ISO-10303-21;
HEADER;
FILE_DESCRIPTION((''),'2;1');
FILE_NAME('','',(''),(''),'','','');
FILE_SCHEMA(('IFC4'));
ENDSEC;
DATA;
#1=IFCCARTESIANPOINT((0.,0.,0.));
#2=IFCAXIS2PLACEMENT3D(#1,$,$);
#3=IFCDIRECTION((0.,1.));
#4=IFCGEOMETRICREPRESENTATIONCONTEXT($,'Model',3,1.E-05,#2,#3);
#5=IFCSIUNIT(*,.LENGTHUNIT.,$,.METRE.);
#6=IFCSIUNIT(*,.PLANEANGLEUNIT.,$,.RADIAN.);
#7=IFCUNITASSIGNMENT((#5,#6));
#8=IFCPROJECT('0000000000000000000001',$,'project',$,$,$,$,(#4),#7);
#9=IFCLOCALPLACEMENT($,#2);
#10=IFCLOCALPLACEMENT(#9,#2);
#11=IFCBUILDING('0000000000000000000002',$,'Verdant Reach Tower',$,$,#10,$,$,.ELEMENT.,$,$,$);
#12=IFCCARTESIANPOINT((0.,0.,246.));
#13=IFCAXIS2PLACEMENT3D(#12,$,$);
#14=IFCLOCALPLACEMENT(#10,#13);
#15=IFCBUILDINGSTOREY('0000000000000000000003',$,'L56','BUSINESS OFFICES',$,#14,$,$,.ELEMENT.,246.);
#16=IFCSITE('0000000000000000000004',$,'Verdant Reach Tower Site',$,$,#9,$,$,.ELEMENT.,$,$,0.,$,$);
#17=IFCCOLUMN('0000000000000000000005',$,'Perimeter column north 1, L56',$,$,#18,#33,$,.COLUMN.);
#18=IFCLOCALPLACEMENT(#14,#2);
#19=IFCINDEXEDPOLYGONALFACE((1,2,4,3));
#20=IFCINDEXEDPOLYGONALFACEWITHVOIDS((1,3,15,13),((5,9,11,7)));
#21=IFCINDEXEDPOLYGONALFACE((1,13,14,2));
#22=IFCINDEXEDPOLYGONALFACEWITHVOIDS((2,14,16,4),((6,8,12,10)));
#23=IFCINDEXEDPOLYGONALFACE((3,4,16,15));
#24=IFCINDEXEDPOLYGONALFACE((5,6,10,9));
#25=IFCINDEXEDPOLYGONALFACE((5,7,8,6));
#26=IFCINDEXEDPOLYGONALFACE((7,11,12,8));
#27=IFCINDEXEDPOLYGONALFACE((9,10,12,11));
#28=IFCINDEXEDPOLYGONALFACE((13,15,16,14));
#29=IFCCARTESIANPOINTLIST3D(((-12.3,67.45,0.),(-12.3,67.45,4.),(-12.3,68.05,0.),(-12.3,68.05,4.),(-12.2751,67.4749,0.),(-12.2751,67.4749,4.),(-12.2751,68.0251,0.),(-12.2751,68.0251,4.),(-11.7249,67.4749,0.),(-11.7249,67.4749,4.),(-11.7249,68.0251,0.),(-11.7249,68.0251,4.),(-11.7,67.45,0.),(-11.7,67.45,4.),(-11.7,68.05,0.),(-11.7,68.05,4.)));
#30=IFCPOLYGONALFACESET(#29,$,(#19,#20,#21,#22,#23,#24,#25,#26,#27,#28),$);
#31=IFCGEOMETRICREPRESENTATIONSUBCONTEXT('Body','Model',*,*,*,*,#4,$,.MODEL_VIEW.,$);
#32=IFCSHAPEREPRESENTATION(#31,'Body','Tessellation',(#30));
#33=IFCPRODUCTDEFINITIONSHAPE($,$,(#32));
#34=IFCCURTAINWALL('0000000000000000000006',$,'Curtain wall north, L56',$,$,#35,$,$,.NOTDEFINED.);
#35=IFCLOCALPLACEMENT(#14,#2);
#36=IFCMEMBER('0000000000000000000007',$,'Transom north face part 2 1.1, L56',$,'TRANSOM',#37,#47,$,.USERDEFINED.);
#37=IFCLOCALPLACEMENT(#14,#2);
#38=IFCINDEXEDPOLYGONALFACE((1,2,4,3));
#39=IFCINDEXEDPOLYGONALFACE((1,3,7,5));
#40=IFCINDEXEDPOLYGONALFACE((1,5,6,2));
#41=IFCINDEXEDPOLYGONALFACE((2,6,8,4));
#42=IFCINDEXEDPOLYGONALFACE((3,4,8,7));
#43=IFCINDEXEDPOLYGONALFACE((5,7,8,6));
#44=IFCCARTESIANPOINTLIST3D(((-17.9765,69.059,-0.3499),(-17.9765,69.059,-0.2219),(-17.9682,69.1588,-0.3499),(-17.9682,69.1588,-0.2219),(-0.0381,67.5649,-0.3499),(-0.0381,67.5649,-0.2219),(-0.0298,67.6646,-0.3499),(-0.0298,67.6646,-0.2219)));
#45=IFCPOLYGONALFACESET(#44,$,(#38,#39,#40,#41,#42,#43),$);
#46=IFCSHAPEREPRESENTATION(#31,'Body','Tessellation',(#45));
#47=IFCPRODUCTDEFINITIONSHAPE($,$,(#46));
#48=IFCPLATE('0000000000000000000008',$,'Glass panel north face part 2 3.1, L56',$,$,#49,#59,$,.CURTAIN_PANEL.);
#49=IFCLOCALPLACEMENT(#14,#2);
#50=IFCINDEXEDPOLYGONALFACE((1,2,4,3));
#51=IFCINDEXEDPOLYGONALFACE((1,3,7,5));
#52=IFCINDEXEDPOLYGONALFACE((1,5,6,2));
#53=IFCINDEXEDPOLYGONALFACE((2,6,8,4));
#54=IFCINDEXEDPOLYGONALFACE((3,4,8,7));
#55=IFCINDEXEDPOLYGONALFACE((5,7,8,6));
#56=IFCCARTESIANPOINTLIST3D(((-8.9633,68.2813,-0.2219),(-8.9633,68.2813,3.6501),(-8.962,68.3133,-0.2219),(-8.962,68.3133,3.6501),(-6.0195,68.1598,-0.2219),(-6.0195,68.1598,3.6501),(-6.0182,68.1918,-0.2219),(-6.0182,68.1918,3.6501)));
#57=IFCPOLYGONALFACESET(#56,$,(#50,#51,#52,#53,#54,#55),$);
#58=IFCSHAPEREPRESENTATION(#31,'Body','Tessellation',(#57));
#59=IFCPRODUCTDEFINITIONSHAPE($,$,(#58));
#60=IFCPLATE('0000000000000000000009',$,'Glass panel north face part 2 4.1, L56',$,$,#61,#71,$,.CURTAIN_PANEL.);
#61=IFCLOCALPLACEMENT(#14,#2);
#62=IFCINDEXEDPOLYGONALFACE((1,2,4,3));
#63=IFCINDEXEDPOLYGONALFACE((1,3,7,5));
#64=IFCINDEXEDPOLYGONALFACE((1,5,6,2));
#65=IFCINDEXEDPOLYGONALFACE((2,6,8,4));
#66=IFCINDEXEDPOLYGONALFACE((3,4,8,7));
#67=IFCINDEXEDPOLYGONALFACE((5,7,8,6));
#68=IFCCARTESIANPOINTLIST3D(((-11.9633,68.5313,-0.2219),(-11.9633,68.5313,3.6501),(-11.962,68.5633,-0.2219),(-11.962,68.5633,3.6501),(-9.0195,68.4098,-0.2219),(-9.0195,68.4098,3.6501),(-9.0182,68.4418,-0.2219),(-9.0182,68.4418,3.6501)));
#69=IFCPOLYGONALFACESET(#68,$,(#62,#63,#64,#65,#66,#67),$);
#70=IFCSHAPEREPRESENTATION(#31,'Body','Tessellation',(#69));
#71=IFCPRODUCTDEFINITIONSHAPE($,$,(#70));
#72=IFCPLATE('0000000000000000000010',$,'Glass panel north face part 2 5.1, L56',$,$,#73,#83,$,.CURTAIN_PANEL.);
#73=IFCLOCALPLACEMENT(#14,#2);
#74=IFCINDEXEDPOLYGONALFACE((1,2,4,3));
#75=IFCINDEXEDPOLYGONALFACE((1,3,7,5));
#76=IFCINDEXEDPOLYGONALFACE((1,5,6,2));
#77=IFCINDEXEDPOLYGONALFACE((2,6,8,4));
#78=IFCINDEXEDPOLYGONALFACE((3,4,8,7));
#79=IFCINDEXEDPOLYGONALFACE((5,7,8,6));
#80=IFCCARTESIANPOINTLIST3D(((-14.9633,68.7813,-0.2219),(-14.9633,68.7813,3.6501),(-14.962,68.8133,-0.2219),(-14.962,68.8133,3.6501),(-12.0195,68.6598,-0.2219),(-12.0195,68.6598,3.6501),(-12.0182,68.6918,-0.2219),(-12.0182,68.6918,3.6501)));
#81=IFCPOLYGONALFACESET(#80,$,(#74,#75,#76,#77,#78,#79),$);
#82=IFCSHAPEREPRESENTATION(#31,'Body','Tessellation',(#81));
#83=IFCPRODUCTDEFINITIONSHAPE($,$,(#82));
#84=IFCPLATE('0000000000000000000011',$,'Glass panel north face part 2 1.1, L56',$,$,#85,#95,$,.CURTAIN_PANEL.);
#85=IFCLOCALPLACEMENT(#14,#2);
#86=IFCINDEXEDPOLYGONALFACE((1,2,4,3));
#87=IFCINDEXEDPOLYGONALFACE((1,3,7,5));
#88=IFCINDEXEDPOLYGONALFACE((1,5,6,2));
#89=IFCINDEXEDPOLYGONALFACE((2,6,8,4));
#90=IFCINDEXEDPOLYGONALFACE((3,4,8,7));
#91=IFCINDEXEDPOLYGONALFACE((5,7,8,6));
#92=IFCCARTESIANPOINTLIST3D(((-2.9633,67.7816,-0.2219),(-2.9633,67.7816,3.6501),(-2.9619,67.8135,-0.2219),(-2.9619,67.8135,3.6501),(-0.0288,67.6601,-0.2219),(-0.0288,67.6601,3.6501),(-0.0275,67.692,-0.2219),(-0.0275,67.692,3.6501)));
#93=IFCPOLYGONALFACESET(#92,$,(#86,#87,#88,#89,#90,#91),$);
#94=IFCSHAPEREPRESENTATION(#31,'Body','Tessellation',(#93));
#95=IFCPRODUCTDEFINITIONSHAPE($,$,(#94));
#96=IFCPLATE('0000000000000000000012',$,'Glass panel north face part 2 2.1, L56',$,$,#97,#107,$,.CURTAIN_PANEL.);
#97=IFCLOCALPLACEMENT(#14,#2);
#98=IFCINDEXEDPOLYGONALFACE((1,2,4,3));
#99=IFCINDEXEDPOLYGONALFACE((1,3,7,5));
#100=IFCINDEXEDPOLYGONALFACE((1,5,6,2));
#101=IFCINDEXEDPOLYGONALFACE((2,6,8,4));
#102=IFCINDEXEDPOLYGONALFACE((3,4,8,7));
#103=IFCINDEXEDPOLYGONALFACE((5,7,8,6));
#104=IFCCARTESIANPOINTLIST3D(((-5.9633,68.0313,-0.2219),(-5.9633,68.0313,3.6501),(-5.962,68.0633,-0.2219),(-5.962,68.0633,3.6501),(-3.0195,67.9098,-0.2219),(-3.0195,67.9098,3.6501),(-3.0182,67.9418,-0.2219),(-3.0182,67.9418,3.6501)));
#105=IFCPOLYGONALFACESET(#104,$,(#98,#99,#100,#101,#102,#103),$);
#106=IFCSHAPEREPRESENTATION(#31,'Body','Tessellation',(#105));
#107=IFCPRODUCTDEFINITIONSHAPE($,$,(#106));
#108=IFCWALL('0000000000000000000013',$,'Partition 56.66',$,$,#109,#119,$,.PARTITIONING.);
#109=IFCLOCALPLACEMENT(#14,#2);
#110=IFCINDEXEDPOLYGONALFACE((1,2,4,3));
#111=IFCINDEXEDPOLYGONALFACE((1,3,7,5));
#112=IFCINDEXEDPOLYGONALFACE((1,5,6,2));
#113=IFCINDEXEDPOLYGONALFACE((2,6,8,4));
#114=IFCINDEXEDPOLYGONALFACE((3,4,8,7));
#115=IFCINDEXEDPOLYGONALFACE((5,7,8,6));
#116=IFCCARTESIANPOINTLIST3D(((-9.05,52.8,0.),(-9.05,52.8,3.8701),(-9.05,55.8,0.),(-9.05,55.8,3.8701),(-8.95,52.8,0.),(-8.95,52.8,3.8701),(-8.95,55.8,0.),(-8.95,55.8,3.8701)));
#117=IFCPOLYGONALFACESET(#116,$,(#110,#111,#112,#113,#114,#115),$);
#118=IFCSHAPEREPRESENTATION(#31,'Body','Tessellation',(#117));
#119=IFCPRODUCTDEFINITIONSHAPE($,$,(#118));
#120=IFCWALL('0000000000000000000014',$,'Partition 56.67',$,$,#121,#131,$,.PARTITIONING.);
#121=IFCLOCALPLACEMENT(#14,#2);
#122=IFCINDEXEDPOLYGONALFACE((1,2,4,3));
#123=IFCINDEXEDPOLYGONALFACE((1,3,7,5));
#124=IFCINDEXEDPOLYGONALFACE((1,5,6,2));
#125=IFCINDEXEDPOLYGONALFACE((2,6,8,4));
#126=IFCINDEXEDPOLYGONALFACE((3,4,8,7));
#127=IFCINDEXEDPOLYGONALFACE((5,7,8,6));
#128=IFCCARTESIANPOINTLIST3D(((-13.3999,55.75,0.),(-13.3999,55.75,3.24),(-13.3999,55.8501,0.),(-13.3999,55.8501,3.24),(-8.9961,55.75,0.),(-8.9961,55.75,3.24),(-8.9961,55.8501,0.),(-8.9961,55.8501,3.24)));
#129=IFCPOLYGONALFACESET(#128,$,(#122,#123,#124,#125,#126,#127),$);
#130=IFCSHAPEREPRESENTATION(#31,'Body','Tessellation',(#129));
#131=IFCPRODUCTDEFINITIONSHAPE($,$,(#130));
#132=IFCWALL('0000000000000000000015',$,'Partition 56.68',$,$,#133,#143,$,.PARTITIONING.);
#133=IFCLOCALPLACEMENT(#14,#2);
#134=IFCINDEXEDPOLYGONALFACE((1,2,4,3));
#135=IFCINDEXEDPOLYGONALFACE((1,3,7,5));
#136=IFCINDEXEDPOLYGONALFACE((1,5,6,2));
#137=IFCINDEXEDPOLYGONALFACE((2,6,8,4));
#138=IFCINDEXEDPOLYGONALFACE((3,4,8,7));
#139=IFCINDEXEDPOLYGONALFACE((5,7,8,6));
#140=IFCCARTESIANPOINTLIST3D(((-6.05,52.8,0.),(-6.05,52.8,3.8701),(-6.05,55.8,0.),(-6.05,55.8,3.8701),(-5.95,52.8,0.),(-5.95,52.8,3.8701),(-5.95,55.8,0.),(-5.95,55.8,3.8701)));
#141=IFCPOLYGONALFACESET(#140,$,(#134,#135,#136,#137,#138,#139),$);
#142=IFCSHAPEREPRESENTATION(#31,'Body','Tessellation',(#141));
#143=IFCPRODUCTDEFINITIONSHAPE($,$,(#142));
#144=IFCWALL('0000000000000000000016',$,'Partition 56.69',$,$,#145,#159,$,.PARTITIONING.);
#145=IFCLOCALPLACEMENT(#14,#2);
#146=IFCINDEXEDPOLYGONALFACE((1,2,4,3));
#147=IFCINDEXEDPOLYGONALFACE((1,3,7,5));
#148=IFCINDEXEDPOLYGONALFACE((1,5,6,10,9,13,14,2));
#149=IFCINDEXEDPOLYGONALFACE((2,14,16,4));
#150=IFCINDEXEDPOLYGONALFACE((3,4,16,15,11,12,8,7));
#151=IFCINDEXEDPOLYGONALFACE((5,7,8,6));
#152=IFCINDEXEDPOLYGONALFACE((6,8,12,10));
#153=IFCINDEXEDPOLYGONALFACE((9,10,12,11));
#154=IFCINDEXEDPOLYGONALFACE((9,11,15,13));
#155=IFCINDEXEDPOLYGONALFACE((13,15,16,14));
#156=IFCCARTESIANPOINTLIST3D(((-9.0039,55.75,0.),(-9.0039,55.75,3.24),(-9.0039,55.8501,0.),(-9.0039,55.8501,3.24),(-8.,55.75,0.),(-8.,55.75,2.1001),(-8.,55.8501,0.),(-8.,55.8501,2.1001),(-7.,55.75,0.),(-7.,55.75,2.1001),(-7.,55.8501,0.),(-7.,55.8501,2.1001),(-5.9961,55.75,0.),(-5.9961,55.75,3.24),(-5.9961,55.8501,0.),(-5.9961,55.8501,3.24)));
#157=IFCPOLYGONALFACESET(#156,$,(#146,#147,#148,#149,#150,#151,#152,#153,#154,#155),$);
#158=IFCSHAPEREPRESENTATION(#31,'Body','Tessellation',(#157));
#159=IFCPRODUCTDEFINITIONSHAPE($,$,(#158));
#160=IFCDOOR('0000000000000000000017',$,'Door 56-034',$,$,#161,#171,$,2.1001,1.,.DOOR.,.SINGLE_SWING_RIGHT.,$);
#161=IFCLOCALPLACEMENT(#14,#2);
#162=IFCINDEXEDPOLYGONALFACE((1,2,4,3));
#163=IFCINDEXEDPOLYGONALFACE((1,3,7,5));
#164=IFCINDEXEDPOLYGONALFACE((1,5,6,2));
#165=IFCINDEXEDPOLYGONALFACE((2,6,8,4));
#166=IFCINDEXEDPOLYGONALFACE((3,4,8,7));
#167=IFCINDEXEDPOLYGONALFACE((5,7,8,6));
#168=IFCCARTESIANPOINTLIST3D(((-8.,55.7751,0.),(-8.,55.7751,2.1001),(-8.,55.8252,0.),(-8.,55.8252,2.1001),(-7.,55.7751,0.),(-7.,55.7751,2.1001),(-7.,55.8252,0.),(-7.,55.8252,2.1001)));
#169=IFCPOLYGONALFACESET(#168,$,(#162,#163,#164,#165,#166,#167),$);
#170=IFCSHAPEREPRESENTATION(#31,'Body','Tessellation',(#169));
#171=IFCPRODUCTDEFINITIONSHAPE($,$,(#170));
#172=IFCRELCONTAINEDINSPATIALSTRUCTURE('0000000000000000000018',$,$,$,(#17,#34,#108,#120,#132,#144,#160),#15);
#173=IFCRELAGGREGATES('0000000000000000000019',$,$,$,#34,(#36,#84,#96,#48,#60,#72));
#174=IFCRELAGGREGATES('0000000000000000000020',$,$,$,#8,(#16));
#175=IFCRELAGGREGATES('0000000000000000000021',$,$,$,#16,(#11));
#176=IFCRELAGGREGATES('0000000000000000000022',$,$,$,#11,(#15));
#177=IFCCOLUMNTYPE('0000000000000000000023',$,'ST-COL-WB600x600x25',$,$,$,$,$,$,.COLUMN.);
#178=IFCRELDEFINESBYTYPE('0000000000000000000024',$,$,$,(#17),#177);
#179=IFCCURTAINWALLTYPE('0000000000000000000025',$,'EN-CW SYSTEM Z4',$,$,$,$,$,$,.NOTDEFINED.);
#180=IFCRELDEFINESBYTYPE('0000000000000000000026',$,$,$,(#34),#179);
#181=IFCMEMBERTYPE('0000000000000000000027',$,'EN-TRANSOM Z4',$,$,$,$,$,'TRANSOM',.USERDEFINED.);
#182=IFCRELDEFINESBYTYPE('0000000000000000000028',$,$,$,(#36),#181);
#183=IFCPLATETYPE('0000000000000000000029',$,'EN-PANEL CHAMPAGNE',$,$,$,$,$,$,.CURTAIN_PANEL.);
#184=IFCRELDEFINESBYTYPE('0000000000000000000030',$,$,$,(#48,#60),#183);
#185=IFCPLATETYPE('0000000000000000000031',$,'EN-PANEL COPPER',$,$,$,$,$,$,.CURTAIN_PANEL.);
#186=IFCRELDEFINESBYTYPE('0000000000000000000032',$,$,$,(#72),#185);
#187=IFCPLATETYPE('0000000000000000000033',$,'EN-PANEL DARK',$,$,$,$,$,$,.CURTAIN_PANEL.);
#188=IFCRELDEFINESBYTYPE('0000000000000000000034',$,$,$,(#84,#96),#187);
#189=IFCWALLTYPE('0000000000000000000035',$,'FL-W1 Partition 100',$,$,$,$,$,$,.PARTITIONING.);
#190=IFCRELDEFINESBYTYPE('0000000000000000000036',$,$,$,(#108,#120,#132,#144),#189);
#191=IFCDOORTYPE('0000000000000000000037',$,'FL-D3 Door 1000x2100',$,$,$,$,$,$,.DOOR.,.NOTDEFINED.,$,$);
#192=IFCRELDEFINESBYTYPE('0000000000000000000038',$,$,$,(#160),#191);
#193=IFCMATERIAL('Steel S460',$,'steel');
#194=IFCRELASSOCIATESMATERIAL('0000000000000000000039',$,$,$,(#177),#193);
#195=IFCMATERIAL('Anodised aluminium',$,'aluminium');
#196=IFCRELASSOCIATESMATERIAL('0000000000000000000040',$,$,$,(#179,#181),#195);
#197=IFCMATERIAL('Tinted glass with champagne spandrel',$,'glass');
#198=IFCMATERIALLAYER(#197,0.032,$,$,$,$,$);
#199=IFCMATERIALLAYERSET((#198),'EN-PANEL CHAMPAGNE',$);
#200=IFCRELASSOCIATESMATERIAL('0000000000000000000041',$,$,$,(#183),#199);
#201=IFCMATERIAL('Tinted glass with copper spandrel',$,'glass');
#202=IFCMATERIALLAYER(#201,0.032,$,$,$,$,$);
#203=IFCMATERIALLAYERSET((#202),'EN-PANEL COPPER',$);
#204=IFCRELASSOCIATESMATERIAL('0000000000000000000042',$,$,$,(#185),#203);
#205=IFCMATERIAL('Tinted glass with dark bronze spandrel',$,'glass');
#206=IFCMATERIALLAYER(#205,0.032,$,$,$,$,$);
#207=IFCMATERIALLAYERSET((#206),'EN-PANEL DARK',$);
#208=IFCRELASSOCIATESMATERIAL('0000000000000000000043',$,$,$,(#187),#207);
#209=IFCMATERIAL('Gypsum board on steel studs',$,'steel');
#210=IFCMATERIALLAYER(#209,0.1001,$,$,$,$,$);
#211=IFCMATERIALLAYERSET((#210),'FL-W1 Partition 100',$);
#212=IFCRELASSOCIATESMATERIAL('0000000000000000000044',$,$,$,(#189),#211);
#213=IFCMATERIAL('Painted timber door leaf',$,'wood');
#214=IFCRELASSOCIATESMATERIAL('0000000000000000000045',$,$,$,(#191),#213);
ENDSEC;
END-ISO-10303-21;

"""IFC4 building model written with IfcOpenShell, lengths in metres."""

from ifc_helpers import new_model, si_unit, direction, frame, frame_2d, origin, origin_2d, place, context, subcontext, project, spatial, rectangle, hollow_rectangle, extrude, material, layer, layer_set, material_profile, profile_set, type_object, element, fill, aggregate, save


model = new_model("IFC4")

# Units and contexts
model_context = context("Model", 3, precision=1e-05, world=origin(), true_north=direction((0.0, 1.0)))
body_context = subcontext(model_context, "Body", "Model", "MODEL_VIEW")
ifc_project = project(units=[si_unit("LENGTHUNIT", "METRE"), si_unit("PLANEANGLEUNIT", "RADIAN")], contexts=[model_context])

# Site, building, storey
site_placement = place(None, origin())
site = spatial("IfcSite", under=ifc_project, at=site_placement, Name="Verdant Reach Tower Site", CompositionType="ELEMENT", RefElevation=0.0)
building_placement = place(site_placement, origin())
building = spatial("IfcBuilding", under=site, at=building_placement, Name="Verdant Reach Tower", CompositionType="ELEMENT")
storey_placement = place(building_placement, frame((0.0, 0.0, 246.0)))
storey = spatial("IfcBuildingStorey", under=building, at=storey_placement, Name="L56", Description="BUSINESS OFFICES", CompositionType="ELEMENT", Elevation=246.0)

# Column
ifc_material_1 = material(Name="Steel S460", Category="steel")
ifc_material_profile_1 = material_profile(ifc_material_1, hollow_rectangle(XDim=0.6001, YDim=0.6001, WallThickness=0.0249, at=origin_2d()), Name="WB 600x600x25")
ifc_profile_set_1 = profile_set([ifc_material_profile_1], Name="Steel S460")
column_type = type_object("IfcColumnType", Name="ST-COL-WB600x600x25", PredefinedType="COLUMN", material=ifc_profile_set_1)
column_placement = place(storey_placement, frame((-12.0, 67.75, 0.0), z_axis=(0.0, 0.0, 1.0), x_axis=(1.0, 0.0, 0.0)))
element("IfcColumn", 1, at=column_placement, inside=storey, type_object=column_type, Name="Perimeter column north 1, L56", PredefinedType="COLUMN", context=body_context, shape_type="SweptSolid", body=[
    extrude(hollow_rectangle(XDim=0.6001, YDim=0.6001, WallThickness=0.0249, at=origin_2d()), origin(), (0.0, 0.0, 1.0), 4.0),
])

# Curtain wall, member, plates
ifc_material_2 = material(Name="Anodised aluminium", Category="aluminium")
curtain_wall_type = type_object("IfcCurtainWallType", Name="EN-CW SYSTEM Z4", PredefinedType="NOTDEFINED", material=ifc_material_2)
curtain_wall_placement = place(storey_placement, origin())
curtain_wall = element("IfcCurtainWall", 2, at=curtain_wall_placement, inside=storey, type_object=curtain_wall_type, Name="Curtain wall north, L56", PredefinedType="NOTDEFINED")
ifc_material_profile_2 = material_profile(ifc_material_2, rectangle(XDim=0.1001, YDim=0.1279, at=origin_2d()), Name="Transom 128x100")
ifc_profile_set_2 = profile_set([ifc_material_profile_2], Name="Anodised aluminium")
member_type = type_object("IfcMemberType", Name="EN-TRANSOM Z4", ElementType="TRANSOM", PredefinedType="USERDEFINED", material=ifc_profile_set_2)
member_placement = place(storey_placement, frame((-0.0339, 67.6147, -0.2859), z_axis=(-0.996549, 0.083005, 0.0), x_axis=(-0.083005, -0.996549, 0.0)))
member = element("IfcMember", 3, at=member_placement, type_object=member_type, Name="Transom north face part 2 1.1, L56", ObjectType="TRANSOM", PredefinedType="USERDEFINED", context=body_context, shape_type="SweptSolid", body=[
    extrude(rectangle(XDim=0.1001, YDim=0.1279, at=origin_2d()), origin(), (0.0, 0.0, 1.0), 18.0005),
])
ifc_material_3 = material(Name="Tinted glass with champagne spandrel", Category="glass")
ifc_layer_1 = layer(ifc_material_3, 0.032)
ifc_layer_set_1 = layer_set([ifc_layer_1], Name="EN-PANEL CHAMPAGNE")
plate_type_1 = type_object("IfcPlateType", Name="EN-PANEL CHAMPAGNE", PredefinedType="CURTAIN_PANEL", material=ifc_layer_set_1)
plate_1_placement = place(storey_placement, frame((-7.4907, 68.2366, -0.2219), z_axis=(0.0, 0.0, 1.0), x_axis=(-0.999149, 0.041242, 0.0)))
plate_1 = element("IfcPlate", 4, at=plate_1_placement, type_object=plate_type_1, Name="Glass panel north face part 2 3.1, L56", PredefinedType="CURTAIN_PANEL", context=body_context, shape_type="SweptSolid", body=[
    extrude(rectangle(XDim=2.9463, YDim=0.032, at=origin_2d()), origin(), (0.0, 0.0, 1.0), 3.8721),
])
plate_2_placement = place(storey_placement, frame((-10.4907, 68.4866, -0.2219), z_axis=(0.0, 0.0, 1.0), x_axis=(-0.999149, 0.041242, 0.0)))
plate_2 = element("IfcPlate", 5, at=plate_2_placement, type_object=plate_type_1, Name="Glass panel north face part 2 4.1, L56", PredefinedType="CURTAIN_PANEL", context=body_context, shape_type="SweptSolid", body=[
    extrude(rectangle(XDim=2.9463, YDim=0.032, at=origin_2d()), origin(), (0.0, 0.0, 1.0), 3.8721),
])
ifc_material_4 = material(Name="Tinted glass with copper spandrel", Category="glass")
ifc_layer_2 = layer(ifc_material_4, 0.032)
ifc_layer_set_2 = layer_set([ifc_layer_2], Name="EN-PANEL COPPER")
plate_type_2 = type_object("IfcPlateType", Name="EN-PANEL COPPER", PredefinedType="CURTAIN_PANEL", material=ifc_layer_set_2)
plate_3_placement = place(storey_placement, frame((-13.4907, 68.7366, -0.2219), z_axis=(0.0, 0.0, 1.0), x_axis=(-0.999149, 0.041242, 0.0)))
plate_3 = element("IfcPlate", 6, at=plate_3_placement, type_object=plate_type_2, Name="Glass panel north face part 2 5.1, L56", PredefinedType="CURTAIN_PANEL", context=body_context, shape_type="SweptSolid", body=[
    extrude(rectangle(XDim=2.9463, YDim=0.032, at=origin_2d()), origin(), (0.0, 0.0, 1.0), 3.8721),
])
ifc_material_5 = material(Name="Tinted glass with dark bronze spandrel", Category="glass")
ifc_layer_3 = layer(ifc_material_5, 0.032)
ifc_layer_set_3 = layer_set([ifc_layer_3], Name="EN-PANEL DARK")
plate_type_3 = type_object("IfcPlateType", Name="EN-PANEL DARK", PredefinedType="CURTAIN_PANEL", material=ifc_layer_set_3)
plate_4_placement = place(storey_placement, frame((-1.4954, 67.7368, -0.2219), z_axis=(0.0, 0.0, 1.0), x_axis=(-0.999144, 0.04137, 0.0)))
plate_4 = element("IfcPlate", 7, at=plate_4_placement, type_object=plate_type_3, Name="Glass panel north face part 2 1.1, L56", PredefinedType="CURTAIN_PANEL", context=body_context, shape_type="SweptSolid", body=[
    extrude(rectangle(XDim=2.937, YDim=0.032, at=origin_2d()), origin(), (0.0, 0.0, 1.0), 3.8721),
])
plate_5_placement = place(storey_placement, frame((-4.4907, 67.9866, -0.2219), z_axis=(0.0, 0.0, 1.0), x_axis=(-0.999149, 0.041242, 0.0)))
plate_5 = element("IfcPlate", 8, at=plate_5_placement, type_object=plate_type_3, Name="Glass panel north face part 2 2.1, L56", PredefinedType="CURTAIN_PANEL", context=body_context, shape_type="SweptSolid", body=[
    extrude(rectangle(XDim=2.9463, YDim=0.032, at=origin_2d()), origin(), (0.0, 0.0, 1.0), 3.8721),
])
aggregate(curtain_wall, [member, plate_4, plate_5, plate_1, plate_2, plate_3])

# Walls
ifc_material_6 = material(Name="Gypsum board on steel studs", Category="steel")
ifc_layer_4 = layer(ifc_material_6, 0.1001)
ifc_layer_set_4 = layer_set([ifc_layer_4], Name="FL-W1 Partition 100")
wall_type_1 = type_object("IfcWallType", Name="FL-W1 Partition 100", PredefinedType="PARTITIONING", material=ifc_layer_set_4)
wall_1_placement = place(storey_placement, frame((-9.0, 52.8, 0.0), z_axis=(0.0, 0.0, 1.0), x_axis=(0.0, 1.0, 0.0)))
element("IfcWall", 9, at=wall_1_placement, inside=storey, type_object=wall_type_1, Name="Partition 56.66", PredefinedType="PARTITIONING", context=body_context, shape_type="SweptSolid", body=[
    extrude(rectangle(XDim=3.0, YDim=0.1001, at=frame_2d((1.5, 0.0))), origin(), (0.0, 0.0, 1.0), 3.8701),
])
wall_2_placement = place(storey_placement, frame((-8.9961, 55.8, 0.0), z_axis=(0.0, 0.0, 1.0), x_axis=(-1.0, 0.0, 0.0)))
element("IfcWall", 10, at=wall_2_placement, inside=storey, type_object=wall_type_1, Name="Partition 56.67", PredefinedType="PARTITIONING", context=body_context, shape_type="SweptSolid", body=[
    extrude(rectangle(XDim=4.4038, YDim=0.1001, at=frame_2d((2.2019, 0.0))), origin(), (0.0, 0.0, 1.0), 3.24),
])
wall_3_placement = place(storey_placement, frame((-6.0, 52.8, 0.0), z_axis=(0.0, 0.0, 1.0), x_axis=(0.0, 1.0, 0.0)))
element("IfcWall", 11, at=wall_3_placement, inside=storey, type_object=wall_type_1, Name="Partition 56.68", PredefinedType="PARTITIONING", context=body_context, shape_type="SweptSolid", body=[
    extrude(rectangle(XDim=3.0, YDim=0.1001, at=frame_2d((1.5, 0.0))), origin(), (0.0, 0.0, 1.0), 3.8701),
])

# Wall, opening, door
wall_4_placement = place(storey_placement, frame((-5.9961, 55.8, 0.0), z_axis=(0.0, 0.0, 1.0), x_axis=(-1.0, 0.0, 0.0)))
wall_4 = element("IfcWall", 12, at=wall_4_placement, inside=storey, type_object=wall_type_1, Name="Partition 56.69", PredefinedType="PARTITIONING", context=body_context, shape_type="SweptSolid", body=[
    extrude(rectangle(XDim=3.0078, YDim=0.1001, at=frame_2d((1.5039, 0.0))), origin(), (0.0, 0.0, 1.0), 3.24),
])
opening_1_placement = place(wall_4_placement, frame((1.0039, 0.0, 0.0)))
opening_1 = element("IfcOpeningElement", 13, at=opening_1_placement, cuts=wall_4, PredefinedType="OPENING", context=body_context, shape_type="SweptSolid", body=[
    extrude(rectangle(XDim=1.0, YDim=2.1001, at=frame_2d((0.5, 1.05))), frame((0.0, 0.0601, 0.0), z_axis=(0.0, -1.0, 0.0), x_axis=(1.0, 0.0, 0.0)), (0.0, 0.0, 1.0), 0.1201),
])
ifc_material_7 = material(Name="Painted timber door leaf", Category="wood")
door_type_1 = type_object("IfcDoorType", Name="FL-D3 Door 1000x2100", OperationType="NOTDEFINED", PredefinedType="DOOR", material=ifc_material_7)
door_1_placement = place(opening_1_placement, origin())
door_1 = element("IfcDoor", 14, at=door_1_placement, inside=storey, type_object=door_type_1, Name="Door 56-034", OperationType="SINGLE_SWING_RIGHT", OverallHeight=2.1001, OverallWidth=1.0, PredefinedType="DOOR", context=body_context, shape_type="SweptSolid", body=[
    extrude(rectangle(XDim=1.0, YDim=2.1001, at=frame_2d((0.5, 1.05))), frame((0.0, 0.0249, 0.0), z_axis=(0.0, -1.0, 0.0), x_axis=(1.0, 0.0, 0.0)), (0.0, 0.0, 1.0), 0.05),
])
fill(opening_1, door_1)

save(model, "model.ifc")
